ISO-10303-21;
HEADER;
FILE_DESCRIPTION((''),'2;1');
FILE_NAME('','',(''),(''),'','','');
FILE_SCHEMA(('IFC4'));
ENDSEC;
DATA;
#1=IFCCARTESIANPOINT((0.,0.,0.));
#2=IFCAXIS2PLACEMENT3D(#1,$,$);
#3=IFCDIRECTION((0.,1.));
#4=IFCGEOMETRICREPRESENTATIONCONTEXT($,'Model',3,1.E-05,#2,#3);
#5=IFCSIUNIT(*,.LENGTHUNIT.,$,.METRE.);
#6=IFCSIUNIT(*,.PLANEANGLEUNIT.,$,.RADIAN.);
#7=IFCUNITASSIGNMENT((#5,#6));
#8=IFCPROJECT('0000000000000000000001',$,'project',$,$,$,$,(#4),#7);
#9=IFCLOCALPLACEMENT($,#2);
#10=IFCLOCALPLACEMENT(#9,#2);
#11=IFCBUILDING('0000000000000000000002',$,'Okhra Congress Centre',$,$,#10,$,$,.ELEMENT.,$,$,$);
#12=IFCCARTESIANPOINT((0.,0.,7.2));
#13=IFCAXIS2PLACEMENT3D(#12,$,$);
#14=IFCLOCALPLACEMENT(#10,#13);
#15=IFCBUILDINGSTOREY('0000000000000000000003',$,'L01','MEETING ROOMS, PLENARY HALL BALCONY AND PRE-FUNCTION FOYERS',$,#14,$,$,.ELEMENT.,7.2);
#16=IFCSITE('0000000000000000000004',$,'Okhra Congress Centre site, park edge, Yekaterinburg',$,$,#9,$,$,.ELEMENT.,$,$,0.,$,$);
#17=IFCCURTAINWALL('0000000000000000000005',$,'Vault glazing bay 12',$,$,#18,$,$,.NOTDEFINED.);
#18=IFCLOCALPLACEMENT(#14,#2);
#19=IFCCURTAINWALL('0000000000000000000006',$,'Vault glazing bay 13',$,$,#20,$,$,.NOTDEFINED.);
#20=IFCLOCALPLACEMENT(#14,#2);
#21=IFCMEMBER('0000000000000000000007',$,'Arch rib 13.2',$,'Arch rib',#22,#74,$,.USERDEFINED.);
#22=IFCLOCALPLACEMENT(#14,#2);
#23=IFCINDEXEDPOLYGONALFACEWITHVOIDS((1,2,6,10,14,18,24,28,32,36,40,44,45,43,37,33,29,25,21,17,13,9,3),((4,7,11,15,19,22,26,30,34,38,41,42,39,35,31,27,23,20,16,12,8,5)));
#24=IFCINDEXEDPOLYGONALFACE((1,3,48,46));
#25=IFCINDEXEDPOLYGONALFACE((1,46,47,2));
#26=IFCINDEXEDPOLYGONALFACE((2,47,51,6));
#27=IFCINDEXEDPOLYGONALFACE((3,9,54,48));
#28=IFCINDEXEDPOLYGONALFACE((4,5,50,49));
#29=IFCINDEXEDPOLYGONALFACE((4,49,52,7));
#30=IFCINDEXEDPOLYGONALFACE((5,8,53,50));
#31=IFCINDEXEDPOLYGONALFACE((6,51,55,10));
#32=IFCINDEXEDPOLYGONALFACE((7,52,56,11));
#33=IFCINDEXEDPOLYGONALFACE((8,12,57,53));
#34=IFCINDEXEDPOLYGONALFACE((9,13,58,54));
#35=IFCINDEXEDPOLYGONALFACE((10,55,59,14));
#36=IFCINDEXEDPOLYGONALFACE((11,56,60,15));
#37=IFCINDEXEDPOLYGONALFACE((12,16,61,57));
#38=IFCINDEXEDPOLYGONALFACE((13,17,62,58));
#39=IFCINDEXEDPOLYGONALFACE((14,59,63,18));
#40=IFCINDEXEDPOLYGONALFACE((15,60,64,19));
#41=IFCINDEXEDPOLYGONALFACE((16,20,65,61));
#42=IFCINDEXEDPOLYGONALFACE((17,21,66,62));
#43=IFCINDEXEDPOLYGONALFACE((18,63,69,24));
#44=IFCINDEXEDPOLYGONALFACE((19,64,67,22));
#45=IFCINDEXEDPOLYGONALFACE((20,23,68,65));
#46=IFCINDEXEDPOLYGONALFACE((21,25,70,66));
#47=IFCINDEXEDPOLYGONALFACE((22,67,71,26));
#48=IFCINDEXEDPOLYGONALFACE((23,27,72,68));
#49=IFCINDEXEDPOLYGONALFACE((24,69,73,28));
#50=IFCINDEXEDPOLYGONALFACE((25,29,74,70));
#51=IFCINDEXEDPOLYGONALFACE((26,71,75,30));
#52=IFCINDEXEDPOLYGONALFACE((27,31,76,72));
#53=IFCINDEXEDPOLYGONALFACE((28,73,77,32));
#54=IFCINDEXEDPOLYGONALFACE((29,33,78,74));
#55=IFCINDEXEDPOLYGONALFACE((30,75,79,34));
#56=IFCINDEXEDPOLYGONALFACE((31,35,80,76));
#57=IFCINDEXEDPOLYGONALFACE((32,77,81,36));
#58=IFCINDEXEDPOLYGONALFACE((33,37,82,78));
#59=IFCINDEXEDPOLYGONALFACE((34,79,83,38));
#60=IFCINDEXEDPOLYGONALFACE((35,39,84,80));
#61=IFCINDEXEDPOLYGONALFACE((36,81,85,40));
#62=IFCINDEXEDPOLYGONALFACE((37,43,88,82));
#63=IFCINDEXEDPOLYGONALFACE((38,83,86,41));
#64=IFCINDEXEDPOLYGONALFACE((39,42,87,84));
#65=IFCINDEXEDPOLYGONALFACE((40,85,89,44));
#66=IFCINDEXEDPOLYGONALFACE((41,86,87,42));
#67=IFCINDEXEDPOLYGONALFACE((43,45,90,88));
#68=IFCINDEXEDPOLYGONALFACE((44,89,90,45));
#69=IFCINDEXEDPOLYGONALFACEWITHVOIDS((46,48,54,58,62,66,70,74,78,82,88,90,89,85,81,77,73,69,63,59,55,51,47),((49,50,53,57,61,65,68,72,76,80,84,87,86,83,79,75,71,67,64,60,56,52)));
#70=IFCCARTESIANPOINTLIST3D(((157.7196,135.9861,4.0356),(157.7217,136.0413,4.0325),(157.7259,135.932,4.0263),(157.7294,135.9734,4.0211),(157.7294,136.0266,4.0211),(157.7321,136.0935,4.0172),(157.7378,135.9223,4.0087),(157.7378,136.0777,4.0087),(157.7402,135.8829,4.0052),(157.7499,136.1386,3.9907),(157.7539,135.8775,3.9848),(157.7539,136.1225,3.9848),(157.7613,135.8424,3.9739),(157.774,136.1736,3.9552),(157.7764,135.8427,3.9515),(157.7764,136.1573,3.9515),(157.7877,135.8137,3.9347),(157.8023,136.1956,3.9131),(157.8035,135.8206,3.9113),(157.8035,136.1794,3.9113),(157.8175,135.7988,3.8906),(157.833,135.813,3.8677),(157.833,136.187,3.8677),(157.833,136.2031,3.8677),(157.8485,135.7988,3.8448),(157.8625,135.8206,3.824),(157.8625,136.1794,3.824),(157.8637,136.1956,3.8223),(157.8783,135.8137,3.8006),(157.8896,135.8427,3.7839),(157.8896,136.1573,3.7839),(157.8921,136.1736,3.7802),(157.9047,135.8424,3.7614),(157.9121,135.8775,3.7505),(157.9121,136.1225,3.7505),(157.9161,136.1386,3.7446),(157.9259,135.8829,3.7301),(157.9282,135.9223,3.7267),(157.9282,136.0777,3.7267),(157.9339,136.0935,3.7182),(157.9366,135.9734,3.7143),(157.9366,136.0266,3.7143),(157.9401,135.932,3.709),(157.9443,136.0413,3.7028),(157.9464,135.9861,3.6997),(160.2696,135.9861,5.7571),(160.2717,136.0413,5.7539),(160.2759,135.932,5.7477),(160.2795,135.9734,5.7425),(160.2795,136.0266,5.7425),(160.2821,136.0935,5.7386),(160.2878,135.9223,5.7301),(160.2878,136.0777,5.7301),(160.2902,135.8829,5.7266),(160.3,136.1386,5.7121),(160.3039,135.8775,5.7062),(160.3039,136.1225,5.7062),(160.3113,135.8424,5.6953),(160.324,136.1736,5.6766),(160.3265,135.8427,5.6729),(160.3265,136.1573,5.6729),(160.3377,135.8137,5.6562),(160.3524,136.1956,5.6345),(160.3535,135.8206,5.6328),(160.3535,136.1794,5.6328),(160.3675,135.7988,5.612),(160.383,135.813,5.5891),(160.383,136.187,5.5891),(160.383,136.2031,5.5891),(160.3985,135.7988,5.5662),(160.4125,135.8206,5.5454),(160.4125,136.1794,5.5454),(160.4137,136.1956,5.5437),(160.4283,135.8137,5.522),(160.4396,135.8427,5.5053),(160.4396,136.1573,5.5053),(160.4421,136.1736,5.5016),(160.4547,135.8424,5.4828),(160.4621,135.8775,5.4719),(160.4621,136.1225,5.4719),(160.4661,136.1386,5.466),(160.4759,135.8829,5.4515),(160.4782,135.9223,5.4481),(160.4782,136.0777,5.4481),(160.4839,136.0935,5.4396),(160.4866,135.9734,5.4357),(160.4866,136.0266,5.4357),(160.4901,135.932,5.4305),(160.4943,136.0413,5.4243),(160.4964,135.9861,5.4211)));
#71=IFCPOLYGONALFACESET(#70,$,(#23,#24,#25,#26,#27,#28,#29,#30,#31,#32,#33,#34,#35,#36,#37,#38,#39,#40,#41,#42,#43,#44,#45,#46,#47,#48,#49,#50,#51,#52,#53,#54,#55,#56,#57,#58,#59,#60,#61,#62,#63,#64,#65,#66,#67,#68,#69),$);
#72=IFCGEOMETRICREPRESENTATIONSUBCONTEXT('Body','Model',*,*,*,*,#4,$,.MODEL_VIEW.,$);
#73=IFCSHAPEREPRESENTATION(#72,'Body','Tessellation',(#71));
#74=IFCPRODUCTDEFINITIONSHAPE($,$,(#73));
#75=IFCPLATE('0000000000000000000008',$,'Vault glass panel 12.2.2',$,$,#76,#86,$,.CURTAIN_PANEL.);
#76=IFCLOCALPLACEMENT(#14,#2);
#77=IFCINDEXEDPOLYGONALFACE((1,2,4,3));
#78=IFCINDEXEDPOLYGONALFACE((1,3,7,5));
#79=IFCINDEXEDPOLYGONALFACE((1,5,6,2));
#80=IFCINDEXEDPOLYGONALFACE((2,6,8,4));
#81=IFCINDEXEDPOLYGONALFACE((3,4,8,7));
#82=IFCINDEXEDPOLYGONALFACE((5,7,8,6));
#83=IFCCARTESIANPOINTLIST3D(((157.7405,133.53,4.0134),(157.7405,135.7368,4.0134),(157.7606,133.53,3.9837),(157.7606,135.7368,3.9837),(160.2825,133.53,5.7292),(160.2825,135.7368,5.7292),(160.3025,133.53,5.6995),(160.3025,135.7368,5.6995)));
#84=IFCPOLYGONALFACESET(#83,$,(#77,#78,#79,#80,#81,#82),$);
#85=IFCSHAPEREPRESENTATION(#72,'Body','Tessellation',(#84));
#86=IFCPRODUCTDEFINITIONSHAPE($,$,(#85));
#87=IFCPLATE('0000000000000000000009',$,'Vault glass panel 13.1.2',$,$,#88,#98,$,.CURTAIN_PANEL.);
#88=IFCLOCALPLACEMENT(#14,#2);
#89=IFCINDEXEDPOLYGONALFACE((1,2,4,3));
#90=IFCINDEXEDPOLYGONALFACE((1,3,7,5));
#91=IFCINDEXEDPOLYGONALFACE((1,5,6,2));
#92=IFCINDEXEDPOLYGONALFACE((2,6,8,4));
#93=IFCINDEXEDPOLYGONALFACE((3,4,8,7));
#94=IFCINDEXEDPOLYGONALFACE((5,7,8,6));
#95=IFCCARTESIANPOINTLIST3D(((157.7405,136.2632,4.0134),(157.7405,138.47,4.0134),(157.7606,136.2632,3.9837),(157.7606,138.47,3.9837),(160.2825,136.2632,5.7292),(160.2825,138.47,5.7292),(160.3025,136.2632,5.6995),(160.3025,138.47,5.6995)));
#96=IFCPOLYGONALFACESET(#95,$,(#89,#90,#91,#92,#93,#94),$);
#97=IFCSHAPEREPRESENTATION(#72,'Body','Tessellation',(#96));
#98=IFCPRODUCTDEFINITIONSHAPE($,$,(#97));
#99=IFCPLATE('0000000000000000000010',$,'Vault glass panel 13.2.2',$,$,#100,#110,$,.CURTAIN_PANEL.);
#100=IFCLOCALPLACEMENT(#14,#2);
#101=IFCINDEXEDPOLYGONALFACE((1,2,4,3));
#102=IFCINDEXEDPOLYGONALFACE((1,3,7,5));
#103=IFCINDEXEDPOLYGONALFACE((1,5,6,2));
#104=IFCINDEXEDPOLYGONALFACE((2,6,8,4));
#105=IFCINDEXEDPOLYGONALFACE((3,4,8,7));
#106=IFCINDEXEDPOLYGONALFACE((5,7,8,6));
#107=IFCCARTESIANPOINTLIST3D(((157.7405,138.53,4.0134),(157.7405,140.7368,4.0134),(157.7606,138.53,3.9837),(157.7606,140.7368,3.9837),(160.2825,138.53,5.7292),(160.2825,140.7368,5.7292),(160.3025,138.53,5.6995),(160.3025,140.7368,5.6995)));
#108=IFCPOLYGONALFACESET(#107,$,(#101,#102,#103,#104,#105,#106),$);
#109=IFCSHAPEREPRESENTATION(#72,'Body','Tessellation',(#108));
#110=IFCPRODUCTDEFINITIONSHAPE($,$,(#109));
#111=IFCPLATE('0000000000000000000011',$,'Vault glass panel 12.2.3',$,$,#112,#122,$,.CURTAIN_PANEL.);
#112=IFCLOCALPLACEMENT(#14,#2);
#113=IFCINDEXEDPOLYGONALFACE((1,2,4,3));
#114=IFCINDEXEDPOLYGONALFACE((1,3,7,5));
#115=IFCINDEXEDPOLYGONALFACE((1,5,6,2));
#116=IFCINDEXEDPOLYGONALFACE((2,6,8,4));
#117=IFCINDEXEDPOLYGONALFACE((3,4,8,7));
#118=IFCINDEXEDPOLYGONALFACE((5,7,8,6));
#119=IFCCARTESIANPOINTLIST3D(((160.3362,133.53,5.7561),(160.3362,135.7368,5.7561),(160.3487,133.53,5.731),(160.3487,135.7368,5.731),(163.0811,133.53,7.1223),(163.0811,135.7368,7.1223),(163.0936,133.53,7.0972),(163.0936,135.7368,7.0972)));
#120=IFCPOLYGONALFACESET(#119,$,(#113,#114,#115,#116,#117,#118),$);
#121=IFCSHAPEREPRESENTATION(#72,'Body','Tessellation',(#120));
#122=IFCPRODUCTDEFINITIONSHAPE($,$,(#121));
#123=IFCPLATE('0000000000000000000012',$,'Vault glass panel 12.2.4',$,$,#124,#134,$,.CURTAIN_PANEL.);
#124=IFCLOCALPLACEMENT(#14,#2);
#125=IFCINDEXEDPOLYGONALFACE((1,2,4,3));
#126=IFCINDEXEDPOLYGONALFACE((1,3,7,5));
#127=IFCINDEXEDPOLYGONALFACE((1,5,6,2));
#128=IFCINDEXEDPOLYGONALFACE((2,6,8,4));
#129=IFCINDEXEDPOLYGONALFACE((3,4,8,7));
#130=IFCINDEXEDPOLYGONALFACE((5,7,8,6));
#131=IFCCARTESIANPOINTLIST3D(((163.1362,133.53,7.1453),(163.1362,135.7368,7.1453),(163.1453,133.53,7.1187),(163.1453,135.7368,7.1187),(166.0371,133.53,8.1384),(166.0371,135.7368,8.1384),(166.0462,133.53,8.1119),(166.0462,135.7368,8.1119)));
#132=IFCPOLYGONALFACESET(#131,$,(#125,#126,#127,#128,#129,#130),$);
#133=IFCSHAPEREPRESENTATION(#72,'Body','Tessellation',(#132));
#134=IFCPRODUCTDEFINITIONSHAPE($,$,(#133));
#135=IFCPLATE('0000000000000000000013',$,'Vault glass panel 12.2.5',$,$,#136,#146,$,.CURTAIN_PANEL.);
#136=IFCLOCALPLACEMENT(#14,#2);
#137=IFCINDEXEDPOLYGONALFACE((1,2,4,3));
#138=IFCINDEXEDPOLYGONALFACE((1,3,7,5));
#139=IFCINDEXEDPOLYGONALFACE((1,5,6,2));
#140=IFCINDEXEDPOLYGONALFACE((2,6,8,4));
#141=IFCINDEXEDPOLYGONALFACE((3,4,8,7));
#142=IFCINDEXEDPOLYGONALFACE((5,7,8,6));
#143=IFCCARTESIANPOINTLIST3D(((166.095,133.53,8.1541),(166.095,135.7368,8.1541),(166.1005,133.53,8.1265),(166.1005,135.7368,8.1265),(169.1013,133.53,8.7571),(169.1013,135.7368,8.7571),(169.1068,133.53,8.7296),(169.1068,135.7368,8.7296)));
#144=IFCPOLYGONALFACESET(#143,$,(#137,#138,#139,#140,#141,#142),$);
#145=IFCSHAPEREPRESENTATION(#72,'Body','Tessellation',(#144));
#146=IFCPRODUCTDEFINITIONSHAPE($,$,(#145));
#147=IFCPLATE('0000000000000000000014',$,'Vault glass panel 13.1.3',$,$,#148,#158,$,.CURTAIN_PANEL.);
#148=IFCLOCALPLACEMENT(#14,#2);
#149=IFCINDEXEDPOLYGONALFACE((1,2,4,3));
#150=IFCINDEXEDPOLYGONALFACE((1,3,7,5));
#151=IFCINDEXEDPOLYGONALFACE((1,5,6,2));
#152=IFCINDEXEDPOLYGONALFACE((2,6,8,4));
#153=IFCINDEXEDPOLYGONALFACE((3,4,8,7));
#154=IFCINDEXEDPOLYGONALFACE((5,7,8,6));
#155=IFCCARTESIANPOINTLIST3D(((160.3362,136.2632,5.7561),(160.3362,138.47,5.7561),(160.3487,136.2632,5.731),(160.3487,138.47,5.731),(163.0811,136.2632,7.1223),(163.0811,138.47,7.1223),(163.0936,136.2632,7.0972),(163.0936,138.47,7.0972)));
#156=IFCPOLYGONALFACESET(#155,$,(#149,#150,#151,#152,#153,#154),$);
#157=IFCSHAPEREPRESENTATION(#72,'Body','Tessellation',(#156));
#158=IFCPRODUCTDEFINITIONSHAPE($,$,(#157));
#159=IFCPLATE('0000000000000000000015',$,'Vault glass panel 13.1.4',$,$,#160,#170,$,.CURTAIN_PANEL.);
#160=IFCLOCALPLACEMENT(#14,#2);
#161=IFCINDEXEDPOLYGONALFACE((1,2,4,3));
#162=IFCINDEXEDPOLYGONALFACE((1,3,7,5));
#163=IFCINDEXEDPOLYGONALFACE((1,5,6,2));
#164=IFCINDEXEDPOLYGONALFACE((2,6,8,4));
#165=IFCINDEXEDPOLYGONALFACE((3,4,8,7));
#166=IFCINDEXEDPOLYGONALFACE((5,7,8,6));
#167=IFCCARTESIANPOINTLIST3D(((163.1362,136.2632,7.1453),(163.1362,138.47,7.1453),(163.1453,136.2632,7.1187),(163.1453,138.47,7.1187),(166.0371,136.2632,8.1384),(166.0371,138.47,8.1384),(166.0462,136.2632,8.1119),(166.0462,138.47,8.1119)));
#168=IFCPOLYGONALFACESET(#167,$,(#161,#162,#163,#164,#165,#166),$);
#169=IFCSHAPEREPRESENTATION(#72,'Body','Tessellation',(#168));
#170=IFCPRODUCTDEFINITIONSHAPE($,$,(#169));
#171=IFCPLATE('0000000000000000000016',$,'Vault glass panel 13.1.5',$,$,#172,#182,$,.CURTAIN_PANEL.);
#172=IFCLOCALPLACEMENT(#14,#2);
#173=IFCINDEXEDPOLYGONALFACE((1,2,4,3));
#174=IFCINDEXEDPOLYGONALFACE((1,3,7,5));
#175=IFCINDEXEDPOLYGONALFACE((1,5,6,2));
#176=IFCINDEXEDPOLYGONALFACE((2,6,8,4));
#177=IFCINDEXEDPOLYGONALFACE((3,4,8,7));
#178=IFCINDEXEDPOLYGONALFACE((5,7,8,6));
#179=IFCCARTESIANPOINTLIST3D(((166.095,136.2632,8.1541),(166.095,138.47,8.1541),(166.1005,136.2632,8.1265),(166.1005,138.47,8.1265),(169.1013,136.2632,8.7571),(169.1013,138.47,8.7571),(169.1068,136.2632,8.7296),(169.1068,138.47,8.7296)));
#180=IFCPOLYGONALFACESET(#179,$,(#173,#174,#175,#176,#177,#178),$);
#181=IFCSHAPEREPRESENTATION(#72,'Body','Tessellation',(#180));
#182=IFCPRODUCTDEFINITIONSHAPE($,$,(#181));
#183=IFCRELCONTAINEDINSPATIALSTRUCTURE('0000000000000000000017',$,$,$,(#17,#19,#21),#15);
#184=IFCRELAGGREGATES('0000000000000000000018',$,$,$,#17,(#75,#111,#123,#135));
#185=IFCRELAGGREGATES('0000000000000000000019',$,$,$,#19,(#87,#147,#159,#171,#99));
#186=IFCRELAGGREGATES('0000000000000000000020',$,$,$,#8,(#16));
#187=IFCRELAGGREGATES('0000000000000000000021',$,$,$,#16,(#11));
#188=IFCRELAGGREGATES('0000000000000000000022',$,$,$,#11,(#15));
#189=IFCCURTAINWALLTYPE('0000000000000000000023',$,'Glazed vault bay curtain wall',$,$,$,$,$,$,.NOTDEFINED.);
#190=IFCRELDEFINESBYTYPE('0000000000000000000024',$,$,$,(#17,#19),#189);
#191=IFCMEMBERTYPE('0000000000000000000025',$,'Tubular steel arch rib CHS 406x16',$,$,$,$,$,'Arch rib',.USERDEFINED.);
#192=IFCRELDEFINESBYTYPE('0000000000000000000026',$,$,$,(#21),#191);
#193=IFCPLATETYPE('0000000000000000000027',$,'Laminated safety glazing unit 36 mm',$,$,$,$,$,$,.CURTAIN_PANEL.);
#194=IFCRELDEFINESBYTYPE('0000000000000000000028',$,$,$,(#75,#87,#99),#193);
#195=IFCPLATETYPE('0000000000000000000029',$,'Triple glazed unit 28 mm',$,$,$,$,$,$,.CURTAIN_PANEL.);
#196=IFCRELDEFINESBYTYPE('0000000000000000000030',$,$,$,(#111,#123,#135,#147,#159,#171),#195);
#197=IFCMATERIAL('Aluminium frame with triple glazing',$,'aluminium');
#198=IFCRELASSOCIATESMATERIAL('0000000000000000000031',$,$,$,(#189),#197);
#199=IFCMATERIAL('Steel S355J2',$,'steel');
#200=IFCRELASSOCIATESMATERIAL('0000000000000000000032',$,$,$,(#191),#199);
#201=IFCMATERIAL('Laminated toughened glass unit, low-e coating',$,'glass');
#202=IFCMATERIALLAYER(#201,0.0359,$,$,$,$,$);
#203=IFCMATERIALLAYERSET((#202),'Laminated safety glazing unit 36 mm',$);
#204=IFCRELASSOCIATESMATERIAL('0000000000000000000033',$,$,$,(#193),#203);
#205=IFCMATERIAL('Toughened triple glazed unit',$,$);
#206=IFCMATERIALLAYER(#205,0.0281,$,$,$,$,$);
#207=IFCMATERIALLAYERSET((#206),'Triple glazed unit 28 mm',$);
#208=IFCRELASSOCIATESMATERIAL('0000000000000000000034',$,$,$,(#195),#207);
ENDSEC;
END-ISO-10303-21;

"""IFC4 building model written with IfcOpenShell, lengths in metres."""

from ifc_helpers import new_model, si_unit, direction, frame, origin, origin_2d, place, context, subcontext, project, spatial, polyline, hollow_circle, outline, extrude, material, layer, layer_set, material_profile, profile_set, type_object, element, aggregate, save


model = new_model("IFC4")

# Units and contexts
model_context = context("Model", 3, precision=1e-05, world=origin(), true_north=direction((0.0, 1.0)))
body_context = subcontext(model_context, "Body", "Model", "MODEL_VIEW")
ifc_project = project(units=[si_unit("LENGTHUNIT", "METRE"), si_unit("PLANEANGLEUNIT", "RADIAN")], contexts=[model_context])

# Site, building, storey
site_placement = place(None, origin())
site = spatial("IfcSite", under=ifc_project, at=site_placement, Name="Okhra Congress Centre site, park edge, Yekaterinburg", CompositionType="ELEMENT", RefElevation=0.0)
building_placement = place(site_placement, origin())
building = spatial("IfcBuilding", under=site, at=building_placement, Name="Okhra Congress Centre", CompositionType="ELEMENT")
storey_placement = place(building_placement, frame((0.0, 0.0, 7.2)))
storey = spatial("IfcBuildingStorey", under=building, at=storey_placement, Name="L01", Description="MEETING ROOMS, PLENARY HALL BALCONY AND PRE-FUNCTION FOYERS", CompositionType="ELEMENT", Elevation=7.2)

# Curtain walls
ifc_material_1 = material(Name="Aluminium frame with triple glazing", Category="aluminium")
curtain_wall_type = type_object("IfcCurtainWallType", Name="Glazed vault bay curtain wall", PredefinedType="NOTDEFINED", material=ifc_material_1)
curtain_wall_1_placement = place(storey_placement, origin())
curtain_wall_1 = element("IfcCurtainWall", 1, at=curtain_wall_1_placement, inside=storey, type_object=curtain_wall_type, Name="Vault glazing bay 12", PredefinedType="NOTDEFINED")
curtain_wall_2_placement = place(storey_placement, origin())
curtain_wall_2 = element("IfcCurtainWall", 2, at=curtain_wall_2_placement, inside=storey, type_object=curtain_wall_type, Name="Vault glazing bay 13", PredefinedType="NOTDEFINED")

# Member
ifc_material_2 = material(Name="Steel S355J2", Category="steel")
ifc_material_profile_1 = material_profile(ifc_material_2, hollow_circle(Radius=0.2031, WallThickness=0.0161, at=origin_2d()), Name="CHS 406.4x16")
ifc_profile_set_1 = profile_set([ifc_material_profile_1], Name="Steel S355J2")
member_type_1 = type_object("IfcMemberType", Name="Tubular steel arch rib CHS 406x16", ElementType="Arch rib", PredefinedType="USERDEFINED", material=ifc_profile_set_1)
member_1_placement = place(storey_placement, frame((157.833, 136.0, 3.8677), z_axis=(0.828826, 0.0, 0.559507), x_axis=(0.0, 1.0, 0.0)))
element("IfcMember", 3, at=member_1_placement, inside=storey, type_object=member_type_1, Name="Arch rib 13.2", ObjectType="Arch rib", PredefinedType="USERDEFINED", context=body_context, shape_type="SweptSolid", body=[
    extrude(hollow_circle(Radius=0.2031, WallThickness=0.0161, at=origin_2d()), origin(), (0.0, 0.0, 1.0), 3.0767),
])

# Plates
ifc_material_3 = material(Name="Laminated toughened glass unit, low-e coating", Category="glass")
ifc_layer_1 = layer(ifc_material_3, 0.0359)
ifc_layer_set_1 = layer_set([ifc_layer_1], Name="Laminated safety glazing unit 36 mm")
plate_type_1 = type_object("IfcPlateType", Name="Laminated safety glazing unit 36 mm", PredefinedType="CURTAIN_PANEL", material=ifc_layer_set_1)
plate_1_placement = place(storey_placement, frame((157.7405, 133.53, 4.0134), z_axis=(-0.559467, 0.0, 0.828852), x_axis=(0.828852, 0.0, 0.559467)))
plate_1 = element("IfcPlate", 4, at=plate_1_placement, type_object=plate_type_1, Name="Vault glass panel 12.2.2", PredefinedType="CURTAIN_PANEL", context=body_context, shape_type="SweptSolid", body=[
    extrude(outline(polyline([(0.0, 0.0), (3.0669, 0.0), (3.0669, 2.2068), (0.0, 2.2068), (0.0, 0.0)])), origin(), (0.0, 0.0, -1.0), 0.0359),
])
plate_2_placement = place(storey_placement, frame((157.7405, 136.2632, 4.0134), z_axis=(-0.559467, 0.0, 0.828852), x_axis=(0.828852, 0.0, 0.559467)))
plate_2 = element("IfcPlate", 5, at=plate_2_placement, type_object=plate_type_1, Name="Vault glass panel 13.1.2", PredefinedType="CURTAIN_PANEL", context=body_context, shape_type="SweptSolid", body=[
    extrude(outline(polyline([(0.0, 0.0), (3.0669, 0.0), (3.0669, 2.2068), (0.0, 2.2068), (0.0, 0.0)])), origin(), (0.0, 0.0, -1.0), 0.0359),
])
plate_3_placement = place(storey_placement, frame((157.7405, 138.53, 4.0134), z_axis=(-0.559467, 0.0, 0.828852), x_axis=(0.828852, 0.0, 0.559467)))
plate_3 = element("IfcPlate", 6, at=plate_3_placement, type_object=plate_type_1, Name="Vault glass panel 13.2.2", PredefinedType="CURTAIN_PANEL", context=body_context, shape_type="SweptSolid", body=[
    extrude(outline(polyline([(0.0, 0.0), (3.0669, 0.0), (3.0669, 2.2068), (0.0, 2.2068), (0.0, 0.0)])), origin(), (0.0, 0.0, -1.0), 0.0359),
])
ifc_material_4 = material(Name="Toughened triple glazed unit")
ifc_layer_2 = layer(ifc_material_4, 0.0281)
ifc_layer_set_2 = layer_set([ifc_layer_2], Name="Triple glazed unit 28 mm")
plate_type_2 = type_object("IfcPlateType", Name="Triple glazed unit 28 mm", PredefinedType="CURTAIN_PANEL", material=ifc_layer_set_2)
plate_4_placement = place(storey_placement, frame((160.3362, 133.53, 5.7561), z_axis=(-0.445588, 0.0, 0.895238), x_axis=(0.895238, 0.0, 0.445588)))
plate_4 = element("IfcPlate", 7, at=plate_4_placement, type_object=plate_type_2, Name="Vault glass panel 12.2.3", PredefinedType="CURTAIN_PANEL", context=body_context, shape_type="SweptSolid", body=[
    extrude(outline(polyline([(0.0, 0.0), (3.0661, 0.0), (3.0661, 2.2068), (0.0, 2.2068), (0.0, 0.0)])), origin(), (0.0, 0.0, -1.0), 0.0281),
])
plate_5_placement = place(storey_placement, frame((163.1362, 133.53, 7.1453), z_axis=(-0.323909, 0.0, 0.946088), x_axis=(0.946088, 0.0, 0.323909)))
plate_5 = element("IfcPlate", 8, at=plate_5_placement, type_object=plate_type_2, Name="Vault glass panel 12.2.4", PredefinedType="CURTAIN_PANEL", context=body_context, shape_type="SweptSolid", body=[
    extrude(outline(polyline([(0.0, 0.0), (3.0662, 0.0), (3.0662, 2.2068), (0.0, 2.2068), (0.0, 0.0)])), origin(), (0.0, 0.0, -1.0), 0.0281),
])
plate_6_placement = place(storey_placement, frame((166.095, 133.53, 8.1541), z_axis=(-0.196667, 0.0, 0.98047), x_axis=(0.98047, 0.0, 0.196667)))
plate_6 = element("IfcPlate", 9, at=plate_6_placement, type_object=plate_type_2, Name="Vault glass panel 12.2.5", PredefinedType="CURTAIN_PANEL", context=body_context, shape_type="SweptSolid", body=[
    extrude(outline(polyline([(0.0, 0.0), (3.0662, 0.0), (3.0662, 2.2068), (0.0, 2.2068), (0.0, 0.0)])), origin(), (0.0, 0.0, -1.0), 0.0281),
])
aggregate(curtain_wall_1, [plate_1, plate_4, plate_5, plate_6])
plate_7_placement = place(storey_placement, frame((160.3362, 136.2632, 5.7561), z_axis=(-0.445588, 0.0, 0.895238), x_axis=(0.895238, 0.0, 0.445588)))
plate_7 = element("IfcPlate", 10, at=plate_7_placement, type_object=plate_type_2, Name="Vault glass panel 13.1.3", PredefinedType="CURTAIN_PANEL", context=body_context, shape_type="SweptSolid", body=[
    extrude(outline(polyline([(0.0, 0.0), (3.0661, 0.0), (3.0661, 2.2068), (0.0, 2.2068), (0.0, 0.0)])), origin(), (0.0, 0.0, -1.0), 0.0281),
])
plate_8_placement = place(storey_placement, frame((163.1362, 136.2632, 7.1453), z_axis=(-0.323909, 0.0, 0.946088), x_axis=(0.946088, 0.0, 0.323909)))
plate_8 = element("IfcPlate", 11, at=plate_8_placement, type_object=plate_type_2, Name="Vault glass panel 13.1.4", PredefinedType="CURTAIN_PANEL", context=body_context, shape_type="SweptSolid", body=[
    extrude(outline(polyline([(0.0, 0.0), (3.0662, 0.0), (3.0662, 2.2068), (0.0, 2.2068), (0.0, 0.0)])), origin(), (0.0, 0.0, -1.0), 0.0281),
])
plate_9_placement = place(storey_placement, frame((166.095, 136.2632, 8.1541), z_axis=(-0.196667, 0.0, 0.98047), x_axis=(0.98047, 0.0, 0.196667)))
plate_9 = element("IfcPlate", 12, at=plate_9_placement, type_object=plate_type_2, Name="Vault glass panel 13.1.5", PredefinedType="CURTAIN_PANEL", context=body_context, shape_type="SweptSolid", body=[
    extrude(outline(polyline([(0.0, 0.0), (3.0662, 0.0), (3.0662, 2.2068), (0.0, 2.2068), (0.0, 0.0)])), origin(), (0.0, 0.0, -1.0), 0.0281),
])
aggregate(curtain_wall_2, [plate_2, plate_7, plate_8, plate_9, plate_3])

save(model, "model.ifc")
